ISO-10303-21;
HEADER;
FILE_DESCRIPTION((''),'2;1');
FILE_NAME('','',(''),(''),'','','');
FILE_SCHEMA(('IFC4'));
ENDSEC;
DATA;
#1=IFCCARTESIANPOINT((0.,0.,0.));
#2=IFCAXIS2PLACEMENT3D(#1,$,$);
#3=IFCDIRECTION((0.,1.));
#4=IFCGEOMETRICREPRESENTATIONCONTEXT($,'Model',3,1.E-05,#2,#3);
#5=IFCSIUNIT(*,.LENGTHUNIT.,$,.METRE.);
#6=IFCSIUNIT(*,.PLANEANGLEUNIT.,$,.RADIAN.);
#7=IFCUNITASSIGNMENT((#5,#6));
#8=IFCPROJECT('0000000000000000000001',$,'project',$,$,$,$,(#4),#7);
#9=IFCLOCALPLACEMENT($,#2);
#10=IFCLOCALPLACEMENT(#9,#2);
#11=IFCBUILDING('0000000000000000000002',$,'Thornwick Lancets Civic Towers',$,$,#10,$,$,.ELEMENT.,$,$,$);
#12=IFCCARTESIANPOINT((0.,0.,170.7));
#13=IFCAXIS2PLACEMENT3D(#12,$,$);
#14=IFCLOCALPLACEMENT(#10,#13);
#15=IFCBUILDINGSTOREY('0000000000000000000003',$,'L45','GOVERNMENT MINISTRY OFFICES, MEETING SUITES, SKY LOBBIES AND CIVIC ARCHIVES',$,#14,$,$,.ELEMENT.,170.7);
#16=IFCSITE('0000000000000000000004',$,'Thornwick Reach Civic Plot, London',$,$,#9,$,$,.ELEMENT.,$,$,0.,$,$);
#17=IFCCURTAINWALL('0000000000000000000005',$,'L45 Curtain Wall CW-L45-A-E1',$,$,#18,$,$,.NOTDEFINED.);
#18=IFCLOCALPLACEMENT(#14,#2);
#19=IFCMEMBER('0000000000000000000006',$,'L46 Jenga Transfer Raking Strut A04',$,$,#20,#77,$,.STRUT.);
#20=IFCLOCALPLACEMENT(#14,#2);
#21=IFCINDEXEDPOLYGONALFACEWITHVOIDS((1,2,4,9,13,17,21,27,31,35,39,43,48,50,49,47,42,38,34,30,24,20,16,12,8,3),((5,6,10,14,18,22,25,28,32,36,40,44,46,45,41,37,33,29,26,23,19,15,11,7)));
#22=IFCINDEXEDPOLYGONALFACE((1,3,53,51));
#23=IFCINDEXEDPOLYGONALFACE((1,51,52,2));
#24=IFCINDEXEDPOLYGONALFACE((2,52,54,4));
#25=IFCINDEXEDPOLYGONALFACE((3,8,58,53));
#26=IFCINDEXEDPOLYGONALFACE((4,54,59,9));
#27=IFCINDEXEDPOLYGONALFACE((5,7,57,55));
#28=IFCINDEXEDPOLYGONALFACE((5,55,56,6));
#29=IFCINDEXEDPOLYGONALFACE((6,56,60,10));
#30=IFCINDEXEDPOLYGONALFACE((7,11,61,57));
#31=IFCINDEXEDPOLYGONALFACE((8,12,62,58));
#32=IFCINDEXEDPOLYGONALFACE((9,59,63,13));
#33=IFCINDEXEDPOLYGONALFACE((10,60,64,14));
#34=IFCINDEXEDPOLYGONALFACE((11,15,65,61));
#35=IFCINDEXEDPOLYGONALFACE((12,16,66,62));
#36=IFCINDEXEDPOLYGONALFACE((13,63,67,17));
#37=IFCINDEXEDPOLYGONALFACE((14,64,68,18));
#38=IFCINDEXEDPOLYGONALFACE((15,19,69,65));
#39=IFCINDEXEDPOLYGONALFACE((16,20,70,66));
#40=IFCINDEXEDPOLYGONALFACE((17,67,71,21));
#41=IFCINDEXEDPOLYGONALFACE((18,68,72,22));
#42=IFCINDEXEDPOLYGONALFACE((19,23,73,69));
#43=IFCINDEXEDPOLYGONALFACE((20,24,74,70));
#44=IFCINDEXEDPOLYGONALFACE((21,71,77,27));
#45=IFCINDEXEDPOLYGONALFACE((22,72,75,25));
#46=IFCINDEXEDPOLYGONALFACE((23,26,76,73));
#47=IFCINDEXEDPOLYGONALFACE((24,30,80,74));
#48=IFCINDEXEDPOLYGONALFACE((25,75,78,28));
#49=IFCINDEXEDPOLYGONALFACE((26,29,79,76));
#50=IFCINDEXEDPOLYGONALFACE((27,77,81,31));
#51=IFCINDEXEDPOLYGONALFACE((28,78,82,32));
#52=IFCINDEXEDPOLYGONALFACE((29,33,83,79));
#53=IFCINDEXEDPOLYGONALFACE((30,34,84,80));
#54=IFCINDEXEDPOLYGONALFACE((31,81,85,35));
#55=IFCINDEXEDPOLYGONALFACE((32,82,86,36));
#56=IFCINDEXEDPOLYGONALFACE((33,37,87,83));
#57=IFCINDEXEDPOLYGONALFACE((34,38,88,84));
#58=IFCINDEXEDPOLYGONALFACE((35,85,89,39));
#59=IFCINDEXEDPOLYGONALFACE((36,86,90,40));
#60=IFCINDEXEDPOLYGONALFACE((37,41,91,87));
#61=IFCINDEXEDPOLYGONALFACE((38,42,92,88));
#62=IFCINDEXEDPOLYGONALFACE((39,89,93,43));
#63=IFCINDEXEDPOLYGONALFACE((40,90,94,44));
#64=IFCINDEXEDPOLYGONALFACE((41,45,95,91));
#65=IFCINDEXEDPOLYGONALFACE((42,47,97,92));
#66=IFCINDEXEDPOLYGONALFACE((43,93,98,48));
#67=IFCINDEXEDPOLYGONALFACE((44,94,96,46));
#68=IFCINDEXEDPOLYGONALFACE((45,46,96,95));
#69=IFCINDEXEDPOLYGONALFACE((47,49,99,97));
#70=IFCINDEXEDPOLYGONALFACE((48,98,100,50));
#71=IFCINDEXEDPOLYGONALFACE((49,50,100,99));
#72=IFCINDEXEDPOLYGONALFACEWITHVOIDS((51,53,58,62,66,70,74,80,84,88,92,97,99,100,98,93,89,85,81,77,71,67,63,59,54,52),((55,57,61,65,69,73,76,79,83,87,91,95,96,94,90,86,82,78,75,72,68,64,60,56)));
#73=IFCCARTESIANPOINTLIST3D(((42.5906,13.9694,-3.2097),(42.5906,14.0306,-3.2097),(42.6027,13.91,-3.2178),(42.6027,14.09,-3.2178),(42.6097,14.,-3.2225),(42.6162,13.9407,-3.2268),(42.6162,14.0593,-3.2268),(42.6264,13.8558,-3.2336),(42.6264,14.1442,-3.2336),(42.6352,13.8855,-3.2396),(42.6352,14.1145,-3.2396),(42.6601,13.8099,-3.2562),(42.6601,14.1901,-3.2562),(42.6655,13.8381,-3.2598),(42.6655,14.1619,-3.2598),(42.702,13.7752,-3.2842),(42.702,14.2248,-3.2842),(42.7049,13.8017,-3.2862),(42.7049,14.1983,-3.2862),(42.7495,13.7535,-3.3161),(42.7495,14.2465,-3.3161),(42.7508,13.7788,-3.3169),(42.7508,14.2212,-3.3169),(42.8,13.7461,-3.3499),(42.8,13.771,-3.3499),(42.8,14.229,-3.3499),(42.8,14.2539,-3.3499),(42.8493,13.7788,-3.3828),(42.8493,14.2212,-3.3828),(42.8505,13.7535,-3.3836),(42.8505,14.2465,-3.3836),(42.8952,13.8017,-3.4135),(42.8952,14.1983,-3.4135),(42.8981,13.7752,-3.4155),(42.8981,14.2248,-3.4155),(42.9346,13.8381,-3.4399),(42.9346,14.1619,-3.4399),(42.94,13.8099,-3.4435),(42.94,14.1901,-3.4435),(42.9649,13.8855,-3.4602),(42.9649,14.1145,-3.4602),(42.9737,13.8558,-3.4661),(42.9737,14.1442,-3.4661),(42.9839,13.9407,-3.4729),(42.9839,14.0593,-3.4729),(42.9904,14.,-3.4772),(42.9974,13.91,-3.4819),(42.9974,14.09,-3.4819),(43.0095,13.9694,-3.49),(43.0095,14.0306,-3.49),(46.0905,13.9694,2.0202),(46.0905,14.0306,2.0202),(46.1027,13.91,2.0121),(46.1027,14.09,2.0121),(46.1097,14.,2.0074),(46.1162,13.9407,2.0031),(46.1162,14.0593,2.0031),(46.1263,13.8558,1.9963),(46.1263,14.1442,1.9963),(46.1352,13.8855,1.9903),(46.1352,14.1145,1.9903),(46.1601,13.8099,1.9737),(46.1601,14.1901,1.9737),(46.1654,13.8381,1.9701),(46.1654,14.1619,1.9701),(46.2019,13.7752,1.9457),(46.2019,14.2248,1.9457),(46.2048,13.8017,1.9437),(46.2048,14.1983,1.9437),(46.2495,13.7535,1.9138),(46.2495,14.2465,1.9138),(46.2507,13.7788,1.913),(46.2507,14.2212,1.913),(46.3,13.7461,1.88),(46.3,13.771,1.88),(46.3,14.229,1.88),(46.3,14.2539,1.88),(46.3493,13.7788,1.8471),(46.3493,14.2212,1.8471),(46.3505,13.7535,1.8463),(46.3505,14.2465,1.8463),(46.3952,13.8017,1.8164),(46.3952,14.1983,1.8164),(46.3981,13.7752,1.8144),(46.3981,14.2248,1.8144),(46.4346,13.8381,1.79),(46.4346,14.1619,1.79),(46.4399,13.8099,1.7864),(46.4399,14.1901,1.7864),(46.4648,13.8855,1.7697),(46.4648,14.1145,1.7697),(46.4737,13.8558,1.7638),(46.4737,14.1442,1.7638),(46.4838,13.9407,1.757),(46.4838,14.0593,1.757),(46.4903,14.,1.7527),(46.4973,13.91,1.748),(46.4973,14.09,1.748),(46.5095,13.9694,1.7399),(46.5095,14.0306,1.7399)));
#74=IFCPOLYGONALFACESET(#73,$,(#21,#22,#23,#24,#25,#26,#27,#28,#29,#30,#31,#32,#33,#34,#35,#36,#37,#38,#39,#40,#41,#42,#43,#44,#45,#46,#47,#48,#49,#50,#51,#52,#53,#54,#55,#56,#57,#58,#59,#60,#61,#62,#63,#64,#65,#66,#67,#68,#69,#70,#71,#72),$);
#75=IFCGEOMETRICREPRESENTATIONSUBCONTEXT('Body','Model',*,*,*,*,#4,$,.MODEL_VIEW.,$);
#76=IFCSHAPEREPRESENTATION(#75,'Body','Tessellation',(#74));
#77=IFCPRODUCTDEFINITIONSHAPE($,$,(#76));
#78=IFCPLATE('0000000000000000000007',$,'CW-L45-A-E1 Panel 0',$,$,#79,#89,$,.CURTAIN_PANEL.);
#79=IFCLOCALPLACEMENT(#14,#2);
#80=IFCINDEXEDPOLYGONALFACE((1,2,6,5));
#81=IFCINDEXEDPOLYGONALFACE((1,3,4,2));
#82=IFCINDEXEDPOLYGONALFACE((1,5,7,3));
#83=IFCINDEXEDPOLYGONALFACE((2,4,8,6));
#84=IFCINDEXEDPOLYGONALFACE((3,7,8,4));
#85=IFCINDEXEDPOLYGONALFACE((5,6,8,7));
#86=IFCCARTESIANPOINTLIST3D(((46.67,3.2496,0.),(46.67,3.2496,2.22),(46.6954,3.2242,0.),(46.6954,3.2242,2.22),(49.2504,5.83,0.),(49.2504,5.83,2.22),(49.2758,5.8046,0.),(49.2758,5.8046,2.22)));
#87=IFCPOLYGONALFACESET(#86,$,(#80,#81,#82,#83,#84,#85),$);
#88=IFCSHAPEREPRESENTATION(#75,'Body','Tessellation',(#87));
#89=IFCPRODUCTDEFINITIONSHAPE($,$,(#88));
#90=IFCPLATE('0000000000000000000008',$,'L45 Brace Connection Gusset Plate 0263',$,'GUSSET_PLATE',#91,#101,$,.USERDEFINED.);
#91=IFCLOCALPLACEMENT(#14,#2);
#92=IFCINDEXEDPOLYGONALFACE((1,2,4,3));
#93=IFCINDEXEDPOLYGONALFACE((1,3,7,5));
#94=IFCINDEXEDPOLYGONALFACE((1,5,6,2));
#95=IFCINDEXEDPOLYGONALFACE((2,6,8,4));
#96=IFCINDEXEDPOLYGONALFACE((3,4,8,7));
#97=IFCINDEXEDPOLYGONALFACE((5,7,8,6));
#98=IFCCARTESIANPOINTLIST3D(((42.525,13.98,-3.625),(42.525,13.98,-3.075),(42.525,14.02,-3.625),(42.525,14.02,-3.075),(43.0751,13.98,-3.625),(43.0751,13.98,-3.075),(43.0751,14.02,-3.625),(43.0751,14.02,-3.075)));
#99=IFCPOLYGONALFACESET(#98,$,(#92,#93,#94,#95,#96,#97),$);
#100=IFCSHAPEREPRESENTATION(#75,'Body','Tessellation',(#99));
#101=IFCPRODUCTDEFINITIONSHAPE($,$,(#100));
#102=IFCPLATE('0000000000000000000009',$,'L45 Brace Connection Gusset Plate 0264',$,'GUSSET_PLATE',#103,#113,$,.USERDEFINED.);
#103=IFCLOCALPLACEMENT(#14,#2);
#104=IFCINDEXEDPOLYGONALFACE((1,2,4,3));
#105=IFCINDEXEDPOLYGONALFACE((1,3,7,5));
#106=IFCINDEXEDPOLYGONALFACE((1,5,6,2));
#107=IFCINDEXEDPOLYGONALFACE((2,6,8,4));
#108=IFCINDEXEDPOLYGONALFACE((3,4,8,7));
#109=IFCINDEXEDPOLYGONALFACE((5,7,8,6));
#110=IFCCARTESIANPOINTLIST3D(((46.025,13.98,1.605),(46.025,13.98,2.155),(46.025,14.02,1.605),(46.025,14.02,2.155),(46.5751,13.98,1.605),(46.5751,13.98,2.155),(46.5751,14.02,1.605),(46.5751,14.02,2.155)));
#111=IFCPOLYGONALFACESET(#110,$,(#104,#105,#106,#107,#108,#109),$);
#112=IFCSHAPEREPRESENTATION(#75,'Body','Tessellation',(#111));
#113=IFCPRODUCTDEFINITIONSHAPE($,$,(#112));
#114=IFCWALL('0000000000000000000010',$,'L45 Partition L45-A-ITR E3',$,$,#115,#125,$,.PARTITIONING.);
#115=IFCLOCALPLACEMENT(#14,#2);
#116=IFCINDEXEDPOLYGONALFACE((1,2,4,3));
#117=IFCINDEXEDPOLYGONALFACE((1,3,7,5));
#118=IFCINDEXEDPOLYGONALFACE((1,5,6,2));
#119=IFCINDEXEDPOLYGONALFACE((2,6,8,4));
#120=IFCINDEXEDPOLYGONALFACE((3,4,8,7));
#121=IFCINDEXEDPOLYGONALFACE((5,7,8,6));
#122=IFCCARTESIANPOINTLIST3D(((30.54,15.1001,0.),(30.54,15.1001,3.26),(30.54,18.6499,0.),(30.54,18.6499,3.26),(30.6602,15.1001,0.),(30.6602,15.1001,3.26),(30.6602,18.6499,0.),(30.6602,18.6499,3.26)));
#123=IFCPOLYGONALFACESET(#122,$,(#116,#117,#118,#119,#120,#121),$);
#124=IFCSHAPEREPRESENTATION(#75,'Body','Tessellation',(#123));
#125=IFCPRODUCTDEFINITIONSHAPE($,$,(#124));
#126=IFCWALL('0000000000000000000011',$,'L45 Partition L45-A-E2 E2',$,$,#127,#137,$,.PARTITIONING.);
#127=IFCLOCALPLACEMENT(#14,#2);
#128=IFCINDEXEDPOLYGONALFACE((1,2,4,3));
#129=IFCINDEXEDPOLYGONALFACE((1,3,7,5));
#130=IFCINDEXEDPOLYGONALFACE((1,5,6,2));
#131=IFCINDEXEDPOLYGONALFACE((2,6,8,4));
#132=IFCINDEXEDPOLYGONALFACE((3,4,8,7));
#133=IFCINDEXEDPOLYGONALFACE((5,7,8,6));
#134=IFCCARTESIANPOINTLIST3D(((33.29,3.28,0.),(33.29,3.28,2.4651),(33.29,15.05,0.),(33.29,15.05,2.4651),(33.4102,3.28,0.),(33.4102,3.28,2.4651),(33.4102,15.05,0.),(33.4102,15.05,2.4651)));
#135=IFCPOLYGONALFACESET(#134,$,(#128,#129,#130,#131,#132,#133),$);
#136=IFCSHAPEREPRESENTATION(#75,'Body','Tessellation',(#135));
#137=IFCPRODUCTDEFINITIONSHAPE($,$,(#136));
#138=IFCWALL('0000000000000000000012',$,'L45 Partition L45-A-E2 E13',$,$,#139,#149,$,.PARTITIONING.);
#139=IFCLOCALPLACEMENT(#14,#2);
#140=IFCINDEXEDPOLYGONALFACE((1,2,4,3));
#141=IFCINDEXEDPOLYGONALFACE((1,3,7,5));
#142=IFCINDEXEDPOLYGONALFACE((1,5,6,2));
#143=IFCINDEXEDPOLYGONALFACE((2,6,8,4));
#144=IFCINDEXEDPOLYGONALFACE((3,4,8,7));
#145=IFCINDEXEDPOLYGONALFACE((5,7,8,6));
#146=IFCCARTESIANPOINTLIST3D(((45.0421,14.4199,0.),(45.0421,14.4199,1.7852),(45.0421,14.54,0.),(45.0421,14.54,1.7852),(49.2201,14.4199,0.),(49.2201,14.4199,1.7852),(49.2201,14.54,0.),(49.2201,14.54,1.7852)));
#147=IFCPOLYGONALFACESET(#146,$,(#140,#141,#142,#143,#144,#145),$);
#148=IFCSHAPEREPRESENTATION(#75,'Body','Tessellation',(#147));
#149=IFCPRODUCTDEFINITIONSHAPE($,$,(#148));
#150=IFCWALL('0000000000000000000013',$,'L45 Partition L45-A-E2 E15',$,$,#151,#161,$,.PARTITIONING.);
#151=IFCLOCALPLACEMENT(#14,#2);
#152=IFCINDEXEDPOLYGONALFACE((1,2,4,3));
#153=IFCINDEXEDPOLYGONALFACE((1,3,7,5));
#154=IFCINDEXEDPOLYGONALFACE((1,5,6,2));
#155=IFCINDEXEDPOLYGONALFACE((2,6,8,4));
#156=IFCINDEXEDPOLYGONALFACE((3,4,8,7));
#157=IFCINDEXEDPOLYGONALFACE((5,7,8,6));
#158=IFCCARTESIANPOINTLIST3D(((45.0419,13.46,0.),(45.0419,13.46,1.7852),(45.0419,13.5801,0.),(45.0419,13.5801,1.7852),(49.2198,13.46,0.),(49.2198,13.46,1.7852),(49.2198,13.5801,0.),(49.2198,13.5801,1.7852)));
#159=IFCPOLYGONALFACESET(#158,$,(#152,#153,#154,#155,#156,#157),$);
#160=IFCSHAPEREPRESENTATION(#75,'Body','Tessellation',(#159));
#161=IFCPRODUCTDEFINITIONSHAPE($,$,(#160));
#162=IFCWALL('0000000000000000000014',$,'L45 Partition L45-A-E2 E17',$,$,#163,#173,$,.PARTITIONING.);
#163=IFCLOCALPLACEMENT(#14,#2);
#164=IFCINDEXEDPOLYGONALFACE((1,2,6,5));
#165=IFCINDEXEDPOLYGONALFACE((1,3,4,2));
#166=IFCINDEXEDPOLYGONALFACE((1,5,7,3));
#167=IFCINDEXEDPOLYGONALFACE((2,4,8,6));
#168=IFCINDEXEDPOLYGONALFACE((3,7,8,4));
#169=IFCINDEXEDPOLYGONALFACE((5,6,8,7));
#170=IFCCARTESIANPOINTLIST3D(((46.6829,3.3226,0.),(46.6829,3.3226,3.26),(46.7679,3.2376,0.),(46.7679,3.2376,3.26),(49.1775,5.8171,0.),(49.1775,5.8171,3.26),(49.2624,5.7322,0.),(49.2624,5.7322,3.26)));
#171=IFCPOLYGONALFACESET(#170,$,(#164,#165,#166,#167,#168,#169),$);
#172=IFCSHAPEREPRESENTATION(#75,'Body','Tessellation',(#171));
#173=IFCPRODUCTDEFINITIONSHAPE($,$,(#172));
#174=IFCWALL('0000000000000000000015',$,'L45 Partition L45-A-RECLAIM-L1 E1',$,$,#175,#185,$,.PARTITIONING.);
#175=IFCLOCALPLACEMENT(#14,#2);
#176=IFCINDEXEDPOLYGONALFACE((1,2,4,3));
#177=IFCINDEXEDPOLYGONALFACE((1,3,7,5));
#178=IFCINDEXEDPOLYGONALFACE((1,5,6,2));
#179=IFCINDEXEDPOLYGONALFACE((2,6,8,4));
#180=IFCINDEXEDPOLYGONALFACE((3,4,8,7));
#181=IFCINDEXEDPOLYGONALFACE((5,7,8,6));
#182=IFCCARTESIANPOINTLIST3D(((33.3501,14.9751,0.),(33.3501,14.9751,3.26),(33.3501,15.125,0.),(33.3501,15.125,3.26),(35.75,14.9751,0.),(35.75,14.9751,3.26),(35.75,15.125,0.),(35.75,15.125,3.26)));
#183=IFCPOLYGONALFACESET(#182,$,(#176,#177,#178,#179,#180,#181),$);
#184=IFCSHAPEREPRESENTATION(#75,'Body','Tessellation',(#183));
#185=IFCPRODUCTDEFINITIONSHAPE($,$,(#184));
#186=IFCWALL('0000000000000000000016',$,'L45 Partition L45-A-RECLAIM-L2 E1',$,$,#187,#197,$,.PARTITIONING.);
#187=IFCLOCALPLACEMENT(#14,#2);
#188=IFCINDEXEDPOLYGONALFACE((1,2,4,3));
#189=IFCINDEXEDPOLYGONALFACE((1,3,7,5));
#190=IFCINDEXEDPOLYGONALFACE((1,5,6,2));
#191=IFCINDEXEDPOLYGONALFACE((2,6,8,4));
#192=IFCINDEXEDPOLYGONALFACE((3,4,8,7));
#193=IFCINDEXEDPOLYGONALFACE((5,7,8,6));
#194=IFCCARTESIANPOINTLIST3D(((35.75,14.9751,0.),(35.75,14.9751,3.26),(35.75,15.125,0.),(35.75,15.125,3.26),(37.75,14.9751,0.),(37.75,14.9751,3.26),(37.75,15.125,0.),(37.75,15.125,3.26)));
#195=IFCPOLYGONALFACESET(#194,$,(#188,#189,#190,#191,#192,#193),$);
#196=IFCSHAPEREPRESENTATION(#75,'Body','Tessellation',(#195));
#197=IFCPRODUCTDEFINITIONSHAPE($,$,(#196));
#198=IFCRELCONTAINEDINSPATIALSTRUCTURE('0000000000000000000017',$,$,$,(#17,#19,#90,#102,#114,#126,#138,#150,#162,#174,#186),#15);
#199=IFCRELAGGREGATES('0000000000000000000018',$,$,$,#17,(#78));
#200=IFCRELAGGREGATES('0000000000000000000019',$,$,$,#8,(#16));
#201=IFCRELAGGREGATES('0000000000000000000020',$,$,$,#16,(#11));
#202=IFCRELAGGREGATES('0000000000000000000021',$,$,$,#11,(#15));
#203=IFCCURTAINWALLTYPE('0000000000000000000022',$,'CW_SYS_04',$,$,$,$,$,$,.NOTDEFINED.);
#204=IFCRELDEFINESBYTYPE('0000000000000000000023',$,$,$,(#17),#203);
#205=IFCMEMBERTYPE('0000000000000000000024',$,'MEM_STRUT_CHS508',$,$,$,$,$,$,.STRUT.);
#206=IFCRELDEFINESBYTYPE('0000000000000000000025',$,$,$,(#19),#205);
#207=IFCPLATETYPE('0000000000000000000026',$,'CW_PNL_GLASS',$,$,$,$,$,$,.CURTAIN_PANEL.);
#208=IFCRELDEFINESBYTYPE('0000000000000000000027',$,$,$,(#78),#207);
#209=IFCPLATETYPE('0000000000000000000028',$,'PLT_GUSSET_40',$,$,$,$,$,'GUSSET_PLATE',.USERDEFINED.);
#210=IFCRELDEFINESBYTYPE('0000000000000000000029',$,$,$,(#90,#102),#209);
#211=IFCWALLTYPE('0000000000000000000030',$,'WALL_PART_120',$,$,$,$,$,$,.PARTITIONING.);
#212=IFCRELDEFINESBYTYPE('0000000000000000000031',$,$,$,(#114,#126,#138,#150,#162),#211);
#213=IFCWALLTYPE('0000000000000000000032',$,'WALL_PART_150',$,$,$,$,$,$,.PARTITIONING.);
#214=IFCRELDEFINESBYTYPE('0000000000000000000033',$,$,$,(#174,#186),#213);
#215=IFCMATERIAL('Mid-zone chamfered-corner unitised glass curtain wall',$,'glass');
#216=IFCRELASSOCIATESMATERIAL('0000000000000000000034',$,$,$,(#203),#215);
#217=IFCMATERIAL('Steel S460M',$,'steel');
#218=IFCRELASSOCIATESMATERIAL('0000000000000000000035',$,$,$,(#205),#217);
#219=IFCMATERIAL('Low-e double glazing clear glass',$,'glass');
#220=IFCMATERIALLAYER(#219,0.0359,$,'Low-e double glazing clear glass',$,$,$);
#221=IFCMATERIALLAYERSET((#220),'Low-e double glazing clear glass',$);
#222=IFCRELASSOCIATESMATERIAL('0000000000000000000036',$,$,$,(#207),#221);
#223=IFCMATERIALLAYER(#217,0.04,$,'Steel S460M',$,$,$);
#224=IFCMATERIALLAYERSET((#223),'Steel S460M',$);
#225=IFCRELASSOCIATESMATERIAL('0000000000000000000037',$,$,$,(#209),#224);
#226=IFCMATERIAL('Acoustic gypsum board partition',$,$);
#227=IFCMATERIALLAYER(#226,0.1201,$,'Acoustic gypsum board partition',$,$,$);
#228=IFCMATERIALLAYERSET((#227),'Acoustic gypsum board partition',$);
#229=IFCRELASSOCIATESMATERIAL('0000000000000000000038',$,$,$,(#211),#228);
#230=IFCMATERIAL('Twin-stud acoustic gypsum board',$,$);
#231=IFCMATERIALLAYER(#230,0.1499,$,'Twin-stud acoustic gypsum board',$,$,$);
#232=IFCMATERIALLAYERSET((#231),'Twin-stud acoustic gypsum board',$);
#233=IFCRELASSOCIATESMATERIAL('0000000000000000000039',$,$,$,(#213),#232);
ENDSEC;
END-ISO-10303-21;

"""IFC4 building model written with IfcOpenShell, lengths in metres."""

from ifc_helpers import new_model, si_unit, direction, frame, frame_2d, origin, origin_2d, place, context, subcontext, project, spatial, rectangle, hollow_circle, extrude, material, layer, layer_set, material_profile, profile_set, type_object, element, aggregate, save


model = new_model("IFC4")

# Units and contexts
model_context = context("Model", 3, precision=1e-05, world=origin(), true_north=direction((0.0, 1.0)))
body_context = subcontext(model_context, "Body", "Model", "MODEL_VIEW")
ifc_project = project(units=[si_unit("LENGTHUNIT", "METRE"), si_unit("PLANEANGLEUNIT", "RADIAN")], contexts=[model_context])

# Site, building, storey
site_placement = place(None, origin())
site = spatial("IfcSite", under=ifc_project, at=site_placement, Name="Thornwick Reach Civic Plot, London", CompositionType="ELEMENT", RefElevation=0.0)
building_placement = place(site_placement, origin())
building = spatial("IfcBuilding", under=site, at=building_placement, Name="Thornwick Lancets Civic Towers", CompositionType="ELEMENT")
storey_placement = place(building_placement, frame((0.0, 0.0, 170.7)))
storey = spatial("IfcBuildingStorey", under=building, at=storey_placement, Name="L45", Description="GOVERNMENT MINISTRY OFFICES, MEETING SUITES, SKY LOBBIES AND CIVIC ARCHIVES", CompositionType="ELEMENT", Elevation=170.7)

# Shared definitions
ifc_material_1 = material(Name="Steel S460M", Category="steel")

# Curtain wall
ifc_material_2 = material(Name="Mid-zone chamfered-corner unitised glass curtain wall", Category="glass")
curtain_wall_type = type_object("IfcCurtainWallType", Name="CW_SYS_04", PredefinedType="NOTDEFINED", material=ifc_material_2)
curtain_wall_placement = place(storey_placement, origin())
curtain_wall = element("IfcCurtainWall", 1, at=curtain_wall_placement, inside=storey, type_object=curtain_wall_type, Name="L45 Curtain Wall CW-L45-A-E1", PredefinedType="NOTDEFINED")

# Member
ifc_material_profile_1 = material_profile(ifc_material_1, hollow_circle(Radius=0.2539, WallThickness=0.0249, at=origin_2d()), Name="CHS 508x25")
ifc_profile_set_1 = profile_set([ifc_material_profile_1], Name="Steel S460M")
member_type_1 = type_object("IfcMemberType", Name="MEM_STRUT_CHS508", PredefinedType="STRUT", material=ifc_profile_set_1)
member_1_placement = place(storey_placement, frame((42.8, 14.0, -3.3499), z_axis=(0.556168, 0.0, 0.83107), x_axis=(0.0, 1.0, 0.0)))
element("IfcMember", 2, at=member_1_placement, inside=storey, type_object=member_type_1, Name="L46 Jenga Transfer Raking Strut A04", PredefinedType="STRUT", context=body_context, shape_type="SweptSolid", body=[
    extrude(hollow_circle(Radius=0.2539, WallThickness=0.0249, at=origin_2d()), origin(), (0.0, 0.0, 1.0), 6.293),
])

# Plate
ifc_material_3 = material(Name="Low-e double glazing clear glass", Category="glass")
ifc_layer_1 = layer(ifc_material_3, 0.0359, Name="Low-e double glazing clear glass")
ifc_layer_set_1 = layer_set([ifc_layer_1], Name="Low-e double glazing clear glass")
plate_type_1 = type_object("IfcPlateType", Name="CW_PNL_GLASS", PredefinedType="CURTAIN_PANEL", material=ifc_layer_set_1)
plate_placement = place(storey_placement, frame((47.9729, 4.5271, 0.0), z_axis=(0.0, 0.0, 1.0), x_axis=(0.707107, 0.707107, 0.0)))
plate = element("IfcPlate", 3, at=plate_placement, type_object=plate_type_1, Name="CW-L45-A-E1 Panel 0", PredefinedType="CURTAIN_PANEL", context=body_context, shape_type="SweptSolid", body=[
    extrude(rectangle(XDim=3.6492, YDim=0.0359, at=origin_2d()), origin(), (0.0, 0.0, 1.0), 2.22),
])
aggregate(curtain_wall, [plate])

# Plates
ifc_layer_2 = layer(ifc_material_1, 0.04, Name="Steel S460M")
ifc_layer_set_2 = layer_set([ifc_layer_2], Name="Steel S460M")
plate_type_2 = type_object("IfcPlateType", Name="PLT_GUSSET_40", ElementType="GUSSET_PLATE", PredefinedType="USERDEFINED", material=ifc_layer_set_2)
for number, where, z_axis, x_axis, name in (
    (4, (42.8, 14.0, -3.625), (0.0, 0.0, 1.0), (1.0, 0.0, 0.0), "L45 Brace Connection Gusset Plate 0263"),
    (5, (46.3, 14.0, 1.605), (0.0, 0.0, 1.0), (1.0, 0.0, 0.0), "L45 Brace Connection Gusset Plate 0264"),
):
    element("IfcPlate", number, at=place(storey_placement, frame(where, z_axis=z_axis, x_axis=x_axis)), inside=storey, type_object=plate_type_2, Name=name, ObjectType="GUSSET_PLATE", PredefinedType="USERDEFINED", context=body_context, shape_type="SweptSolid", body=[
        extrude(rectangle(XDim=0.55, YDim=0.04, at=origin_2d()), origin(), (0.0, 0.0, 1.0), 0.55),
    ])

# Walls
ifc_material_4 = material(Name="Acoustic gypsum board partition")
ifc_layer_3 = layer(ifc_material_4, 0.1201, Name="Acoustic gypsum board partition")
ifc_layer_set_3 = layer_set([ifc_layer_3], Name="Acoustic gypsum board partition")
wall_type_1 = type_object("IfcWallType", Name="WALL_PART_120", PredefinedType="PARTITIONING", material=ifc_layer_set_3)
wall_1_placement = place(storey_placement, frame((30.6001, 15.1001, 0.0), z_axis=(0.0, 0.0, 1.0), x_axis=(0.0, 1.0, 0.0)))
element("IfcWall", 6, at=wall_1_placement, inside=storey, type_object=wall_type_1, Name="L45 Partition L45-A-ITR E3", PredefinedType="PARTITIONING", context=body_context, shape_type="SweptSolid", body=[
    extrude(rectangle(XDim=3.5498, YDim=0.1201, at=frame_2d((1.7749, 0.0))), origin(), (0.0, 0.0, 1.0), 3.26),
])
wall_2_placement = place(storey_placement, frame((33.3501, 3.28, 0.0), z_axis=(0.0, 0.0, 1.0), x_axis=(0.0, 1.0, 0.0)))
element("IfcWall", 7, at=wall_2_placement, inside=storey, type_object=wall_type_1, Name="L45 Partition L45-A-E2 E2", PredefinedType="PARTITIONING", context=body_context, shape_type="SweptSolid", body=[
    extrude(rectangle(XDim=11.77, YDim=0.1201, at=frame_2d((5.885, 0.0))), origin(), (0.0, 0.0, 1.0), 2.4651),
])
for number, where, z_axis, x_axis, name in (
    (8, (49.22, 14.48, 0.0), (0.0, 0.0, 1.0), (-1.0, 0.0, 0.0), "L45 Partition L45-A-E2 E13"),
    (9, (45.042, 13.52, 0.0), (0.0, 0.0, 1.0), (1.0, 0.0, 0.0), "L45 Partition L45-A-E2 E15"),
):
    element("IfcWall", number, at=place(storey_placement, frame(where, z_axis=z_axis, x_axis=x_axis)), inside=storey, type_object=wall_type_1, Name=name, PredefinedType="PARTITIONING", context=body_context, shape_type="SweptSolid", body=[
        extrude(rectangle(XDim=4.178, YDim=0.1201, at=frame_2d((2.0889, 0.0))), origin(), (0.0, 0.0, 1.0), 1.7852),
    ])
wall_3_placement = place(storey_placement, frame((49.22, 5.7747, 0.0), z_axis=(0.0, 0.0, 1.0), x_axis=(-0.707107, -0.707107, 0.0)))
element("IfcWall", 10, at=wall_3_placement, inside=storey, type_object=wall_type_1, Name="L45 Partition L45-A-E2 E17", PredefinedType="PARTITIONING", context=body_context, shape_type="SweptSolid", body=[
    extrude(rectangle(XDim=3.5278, YDim=0.1201, at=frame_2d((1.7639, 0.0))), origin(), (0.0, 0.0, 1.0), 3.26),
])
ifc_material_5 = material(Name="Twin-stud acoustic gypsum board")
ifc_layer_4 = layer(ifc_material_5, 0.1499, Name="Twin-stud acoustic gypsum board")
ifc_layer_set_4 = layer_set([ifc_layer_4], Name="Twin-stud acoustic gypsum board")
wall_type_2 = type_object("IfcWallType", Name="WALL_PART_150", PredefinedType="PARTITIONING", material=ifc_layer_set_4)
wall_4_placement = place(storey_placement, frame((35.75, 15.05, 0.0), z_axis=(0.0, 0.0, 1.0), x_axis=(-1.0, 0.0, 0.0)))
element("IfcWall", 11, at=wall_4_placement, inside=storey, type_object=wall_type_2, Name="L45 Partition L45-A-RECLAIM-L1 E1", PredefinedType="PARTITIONING", context=body_context, shape_type="SweptSolid", body=[
    extrude(rectangle(XDim=2.3999, YDim=0.1499, at=frame_2d((1.2, 0.0))), origin(), (0.0, 0.0, 1.0), 3.26),
])
wall_5_placement = place(storey_placement, frame((37.75, 15.05, 0.0), z_axis=(0.0, 0.0, 1.0), x_axis=(-1.0, 0.0, 0.0)))
element("IfcWall", 12, at=wall_5_placement, inside=storey, type_object=wall_type_2, Name="L45 Partition L45-A-RECLAIM-L2 E1", PredefinedType="PARTITIONING", context=body_context, shape_type="SweptSolid", body=[
    extrude(rectangle(XDim=2.0, YDim=0.1499, at=frame_2d((1.0, 0.0))), origin(), (0.0, 0.0, 1.0), 3.26),
])

save(model, "model.ifc")
